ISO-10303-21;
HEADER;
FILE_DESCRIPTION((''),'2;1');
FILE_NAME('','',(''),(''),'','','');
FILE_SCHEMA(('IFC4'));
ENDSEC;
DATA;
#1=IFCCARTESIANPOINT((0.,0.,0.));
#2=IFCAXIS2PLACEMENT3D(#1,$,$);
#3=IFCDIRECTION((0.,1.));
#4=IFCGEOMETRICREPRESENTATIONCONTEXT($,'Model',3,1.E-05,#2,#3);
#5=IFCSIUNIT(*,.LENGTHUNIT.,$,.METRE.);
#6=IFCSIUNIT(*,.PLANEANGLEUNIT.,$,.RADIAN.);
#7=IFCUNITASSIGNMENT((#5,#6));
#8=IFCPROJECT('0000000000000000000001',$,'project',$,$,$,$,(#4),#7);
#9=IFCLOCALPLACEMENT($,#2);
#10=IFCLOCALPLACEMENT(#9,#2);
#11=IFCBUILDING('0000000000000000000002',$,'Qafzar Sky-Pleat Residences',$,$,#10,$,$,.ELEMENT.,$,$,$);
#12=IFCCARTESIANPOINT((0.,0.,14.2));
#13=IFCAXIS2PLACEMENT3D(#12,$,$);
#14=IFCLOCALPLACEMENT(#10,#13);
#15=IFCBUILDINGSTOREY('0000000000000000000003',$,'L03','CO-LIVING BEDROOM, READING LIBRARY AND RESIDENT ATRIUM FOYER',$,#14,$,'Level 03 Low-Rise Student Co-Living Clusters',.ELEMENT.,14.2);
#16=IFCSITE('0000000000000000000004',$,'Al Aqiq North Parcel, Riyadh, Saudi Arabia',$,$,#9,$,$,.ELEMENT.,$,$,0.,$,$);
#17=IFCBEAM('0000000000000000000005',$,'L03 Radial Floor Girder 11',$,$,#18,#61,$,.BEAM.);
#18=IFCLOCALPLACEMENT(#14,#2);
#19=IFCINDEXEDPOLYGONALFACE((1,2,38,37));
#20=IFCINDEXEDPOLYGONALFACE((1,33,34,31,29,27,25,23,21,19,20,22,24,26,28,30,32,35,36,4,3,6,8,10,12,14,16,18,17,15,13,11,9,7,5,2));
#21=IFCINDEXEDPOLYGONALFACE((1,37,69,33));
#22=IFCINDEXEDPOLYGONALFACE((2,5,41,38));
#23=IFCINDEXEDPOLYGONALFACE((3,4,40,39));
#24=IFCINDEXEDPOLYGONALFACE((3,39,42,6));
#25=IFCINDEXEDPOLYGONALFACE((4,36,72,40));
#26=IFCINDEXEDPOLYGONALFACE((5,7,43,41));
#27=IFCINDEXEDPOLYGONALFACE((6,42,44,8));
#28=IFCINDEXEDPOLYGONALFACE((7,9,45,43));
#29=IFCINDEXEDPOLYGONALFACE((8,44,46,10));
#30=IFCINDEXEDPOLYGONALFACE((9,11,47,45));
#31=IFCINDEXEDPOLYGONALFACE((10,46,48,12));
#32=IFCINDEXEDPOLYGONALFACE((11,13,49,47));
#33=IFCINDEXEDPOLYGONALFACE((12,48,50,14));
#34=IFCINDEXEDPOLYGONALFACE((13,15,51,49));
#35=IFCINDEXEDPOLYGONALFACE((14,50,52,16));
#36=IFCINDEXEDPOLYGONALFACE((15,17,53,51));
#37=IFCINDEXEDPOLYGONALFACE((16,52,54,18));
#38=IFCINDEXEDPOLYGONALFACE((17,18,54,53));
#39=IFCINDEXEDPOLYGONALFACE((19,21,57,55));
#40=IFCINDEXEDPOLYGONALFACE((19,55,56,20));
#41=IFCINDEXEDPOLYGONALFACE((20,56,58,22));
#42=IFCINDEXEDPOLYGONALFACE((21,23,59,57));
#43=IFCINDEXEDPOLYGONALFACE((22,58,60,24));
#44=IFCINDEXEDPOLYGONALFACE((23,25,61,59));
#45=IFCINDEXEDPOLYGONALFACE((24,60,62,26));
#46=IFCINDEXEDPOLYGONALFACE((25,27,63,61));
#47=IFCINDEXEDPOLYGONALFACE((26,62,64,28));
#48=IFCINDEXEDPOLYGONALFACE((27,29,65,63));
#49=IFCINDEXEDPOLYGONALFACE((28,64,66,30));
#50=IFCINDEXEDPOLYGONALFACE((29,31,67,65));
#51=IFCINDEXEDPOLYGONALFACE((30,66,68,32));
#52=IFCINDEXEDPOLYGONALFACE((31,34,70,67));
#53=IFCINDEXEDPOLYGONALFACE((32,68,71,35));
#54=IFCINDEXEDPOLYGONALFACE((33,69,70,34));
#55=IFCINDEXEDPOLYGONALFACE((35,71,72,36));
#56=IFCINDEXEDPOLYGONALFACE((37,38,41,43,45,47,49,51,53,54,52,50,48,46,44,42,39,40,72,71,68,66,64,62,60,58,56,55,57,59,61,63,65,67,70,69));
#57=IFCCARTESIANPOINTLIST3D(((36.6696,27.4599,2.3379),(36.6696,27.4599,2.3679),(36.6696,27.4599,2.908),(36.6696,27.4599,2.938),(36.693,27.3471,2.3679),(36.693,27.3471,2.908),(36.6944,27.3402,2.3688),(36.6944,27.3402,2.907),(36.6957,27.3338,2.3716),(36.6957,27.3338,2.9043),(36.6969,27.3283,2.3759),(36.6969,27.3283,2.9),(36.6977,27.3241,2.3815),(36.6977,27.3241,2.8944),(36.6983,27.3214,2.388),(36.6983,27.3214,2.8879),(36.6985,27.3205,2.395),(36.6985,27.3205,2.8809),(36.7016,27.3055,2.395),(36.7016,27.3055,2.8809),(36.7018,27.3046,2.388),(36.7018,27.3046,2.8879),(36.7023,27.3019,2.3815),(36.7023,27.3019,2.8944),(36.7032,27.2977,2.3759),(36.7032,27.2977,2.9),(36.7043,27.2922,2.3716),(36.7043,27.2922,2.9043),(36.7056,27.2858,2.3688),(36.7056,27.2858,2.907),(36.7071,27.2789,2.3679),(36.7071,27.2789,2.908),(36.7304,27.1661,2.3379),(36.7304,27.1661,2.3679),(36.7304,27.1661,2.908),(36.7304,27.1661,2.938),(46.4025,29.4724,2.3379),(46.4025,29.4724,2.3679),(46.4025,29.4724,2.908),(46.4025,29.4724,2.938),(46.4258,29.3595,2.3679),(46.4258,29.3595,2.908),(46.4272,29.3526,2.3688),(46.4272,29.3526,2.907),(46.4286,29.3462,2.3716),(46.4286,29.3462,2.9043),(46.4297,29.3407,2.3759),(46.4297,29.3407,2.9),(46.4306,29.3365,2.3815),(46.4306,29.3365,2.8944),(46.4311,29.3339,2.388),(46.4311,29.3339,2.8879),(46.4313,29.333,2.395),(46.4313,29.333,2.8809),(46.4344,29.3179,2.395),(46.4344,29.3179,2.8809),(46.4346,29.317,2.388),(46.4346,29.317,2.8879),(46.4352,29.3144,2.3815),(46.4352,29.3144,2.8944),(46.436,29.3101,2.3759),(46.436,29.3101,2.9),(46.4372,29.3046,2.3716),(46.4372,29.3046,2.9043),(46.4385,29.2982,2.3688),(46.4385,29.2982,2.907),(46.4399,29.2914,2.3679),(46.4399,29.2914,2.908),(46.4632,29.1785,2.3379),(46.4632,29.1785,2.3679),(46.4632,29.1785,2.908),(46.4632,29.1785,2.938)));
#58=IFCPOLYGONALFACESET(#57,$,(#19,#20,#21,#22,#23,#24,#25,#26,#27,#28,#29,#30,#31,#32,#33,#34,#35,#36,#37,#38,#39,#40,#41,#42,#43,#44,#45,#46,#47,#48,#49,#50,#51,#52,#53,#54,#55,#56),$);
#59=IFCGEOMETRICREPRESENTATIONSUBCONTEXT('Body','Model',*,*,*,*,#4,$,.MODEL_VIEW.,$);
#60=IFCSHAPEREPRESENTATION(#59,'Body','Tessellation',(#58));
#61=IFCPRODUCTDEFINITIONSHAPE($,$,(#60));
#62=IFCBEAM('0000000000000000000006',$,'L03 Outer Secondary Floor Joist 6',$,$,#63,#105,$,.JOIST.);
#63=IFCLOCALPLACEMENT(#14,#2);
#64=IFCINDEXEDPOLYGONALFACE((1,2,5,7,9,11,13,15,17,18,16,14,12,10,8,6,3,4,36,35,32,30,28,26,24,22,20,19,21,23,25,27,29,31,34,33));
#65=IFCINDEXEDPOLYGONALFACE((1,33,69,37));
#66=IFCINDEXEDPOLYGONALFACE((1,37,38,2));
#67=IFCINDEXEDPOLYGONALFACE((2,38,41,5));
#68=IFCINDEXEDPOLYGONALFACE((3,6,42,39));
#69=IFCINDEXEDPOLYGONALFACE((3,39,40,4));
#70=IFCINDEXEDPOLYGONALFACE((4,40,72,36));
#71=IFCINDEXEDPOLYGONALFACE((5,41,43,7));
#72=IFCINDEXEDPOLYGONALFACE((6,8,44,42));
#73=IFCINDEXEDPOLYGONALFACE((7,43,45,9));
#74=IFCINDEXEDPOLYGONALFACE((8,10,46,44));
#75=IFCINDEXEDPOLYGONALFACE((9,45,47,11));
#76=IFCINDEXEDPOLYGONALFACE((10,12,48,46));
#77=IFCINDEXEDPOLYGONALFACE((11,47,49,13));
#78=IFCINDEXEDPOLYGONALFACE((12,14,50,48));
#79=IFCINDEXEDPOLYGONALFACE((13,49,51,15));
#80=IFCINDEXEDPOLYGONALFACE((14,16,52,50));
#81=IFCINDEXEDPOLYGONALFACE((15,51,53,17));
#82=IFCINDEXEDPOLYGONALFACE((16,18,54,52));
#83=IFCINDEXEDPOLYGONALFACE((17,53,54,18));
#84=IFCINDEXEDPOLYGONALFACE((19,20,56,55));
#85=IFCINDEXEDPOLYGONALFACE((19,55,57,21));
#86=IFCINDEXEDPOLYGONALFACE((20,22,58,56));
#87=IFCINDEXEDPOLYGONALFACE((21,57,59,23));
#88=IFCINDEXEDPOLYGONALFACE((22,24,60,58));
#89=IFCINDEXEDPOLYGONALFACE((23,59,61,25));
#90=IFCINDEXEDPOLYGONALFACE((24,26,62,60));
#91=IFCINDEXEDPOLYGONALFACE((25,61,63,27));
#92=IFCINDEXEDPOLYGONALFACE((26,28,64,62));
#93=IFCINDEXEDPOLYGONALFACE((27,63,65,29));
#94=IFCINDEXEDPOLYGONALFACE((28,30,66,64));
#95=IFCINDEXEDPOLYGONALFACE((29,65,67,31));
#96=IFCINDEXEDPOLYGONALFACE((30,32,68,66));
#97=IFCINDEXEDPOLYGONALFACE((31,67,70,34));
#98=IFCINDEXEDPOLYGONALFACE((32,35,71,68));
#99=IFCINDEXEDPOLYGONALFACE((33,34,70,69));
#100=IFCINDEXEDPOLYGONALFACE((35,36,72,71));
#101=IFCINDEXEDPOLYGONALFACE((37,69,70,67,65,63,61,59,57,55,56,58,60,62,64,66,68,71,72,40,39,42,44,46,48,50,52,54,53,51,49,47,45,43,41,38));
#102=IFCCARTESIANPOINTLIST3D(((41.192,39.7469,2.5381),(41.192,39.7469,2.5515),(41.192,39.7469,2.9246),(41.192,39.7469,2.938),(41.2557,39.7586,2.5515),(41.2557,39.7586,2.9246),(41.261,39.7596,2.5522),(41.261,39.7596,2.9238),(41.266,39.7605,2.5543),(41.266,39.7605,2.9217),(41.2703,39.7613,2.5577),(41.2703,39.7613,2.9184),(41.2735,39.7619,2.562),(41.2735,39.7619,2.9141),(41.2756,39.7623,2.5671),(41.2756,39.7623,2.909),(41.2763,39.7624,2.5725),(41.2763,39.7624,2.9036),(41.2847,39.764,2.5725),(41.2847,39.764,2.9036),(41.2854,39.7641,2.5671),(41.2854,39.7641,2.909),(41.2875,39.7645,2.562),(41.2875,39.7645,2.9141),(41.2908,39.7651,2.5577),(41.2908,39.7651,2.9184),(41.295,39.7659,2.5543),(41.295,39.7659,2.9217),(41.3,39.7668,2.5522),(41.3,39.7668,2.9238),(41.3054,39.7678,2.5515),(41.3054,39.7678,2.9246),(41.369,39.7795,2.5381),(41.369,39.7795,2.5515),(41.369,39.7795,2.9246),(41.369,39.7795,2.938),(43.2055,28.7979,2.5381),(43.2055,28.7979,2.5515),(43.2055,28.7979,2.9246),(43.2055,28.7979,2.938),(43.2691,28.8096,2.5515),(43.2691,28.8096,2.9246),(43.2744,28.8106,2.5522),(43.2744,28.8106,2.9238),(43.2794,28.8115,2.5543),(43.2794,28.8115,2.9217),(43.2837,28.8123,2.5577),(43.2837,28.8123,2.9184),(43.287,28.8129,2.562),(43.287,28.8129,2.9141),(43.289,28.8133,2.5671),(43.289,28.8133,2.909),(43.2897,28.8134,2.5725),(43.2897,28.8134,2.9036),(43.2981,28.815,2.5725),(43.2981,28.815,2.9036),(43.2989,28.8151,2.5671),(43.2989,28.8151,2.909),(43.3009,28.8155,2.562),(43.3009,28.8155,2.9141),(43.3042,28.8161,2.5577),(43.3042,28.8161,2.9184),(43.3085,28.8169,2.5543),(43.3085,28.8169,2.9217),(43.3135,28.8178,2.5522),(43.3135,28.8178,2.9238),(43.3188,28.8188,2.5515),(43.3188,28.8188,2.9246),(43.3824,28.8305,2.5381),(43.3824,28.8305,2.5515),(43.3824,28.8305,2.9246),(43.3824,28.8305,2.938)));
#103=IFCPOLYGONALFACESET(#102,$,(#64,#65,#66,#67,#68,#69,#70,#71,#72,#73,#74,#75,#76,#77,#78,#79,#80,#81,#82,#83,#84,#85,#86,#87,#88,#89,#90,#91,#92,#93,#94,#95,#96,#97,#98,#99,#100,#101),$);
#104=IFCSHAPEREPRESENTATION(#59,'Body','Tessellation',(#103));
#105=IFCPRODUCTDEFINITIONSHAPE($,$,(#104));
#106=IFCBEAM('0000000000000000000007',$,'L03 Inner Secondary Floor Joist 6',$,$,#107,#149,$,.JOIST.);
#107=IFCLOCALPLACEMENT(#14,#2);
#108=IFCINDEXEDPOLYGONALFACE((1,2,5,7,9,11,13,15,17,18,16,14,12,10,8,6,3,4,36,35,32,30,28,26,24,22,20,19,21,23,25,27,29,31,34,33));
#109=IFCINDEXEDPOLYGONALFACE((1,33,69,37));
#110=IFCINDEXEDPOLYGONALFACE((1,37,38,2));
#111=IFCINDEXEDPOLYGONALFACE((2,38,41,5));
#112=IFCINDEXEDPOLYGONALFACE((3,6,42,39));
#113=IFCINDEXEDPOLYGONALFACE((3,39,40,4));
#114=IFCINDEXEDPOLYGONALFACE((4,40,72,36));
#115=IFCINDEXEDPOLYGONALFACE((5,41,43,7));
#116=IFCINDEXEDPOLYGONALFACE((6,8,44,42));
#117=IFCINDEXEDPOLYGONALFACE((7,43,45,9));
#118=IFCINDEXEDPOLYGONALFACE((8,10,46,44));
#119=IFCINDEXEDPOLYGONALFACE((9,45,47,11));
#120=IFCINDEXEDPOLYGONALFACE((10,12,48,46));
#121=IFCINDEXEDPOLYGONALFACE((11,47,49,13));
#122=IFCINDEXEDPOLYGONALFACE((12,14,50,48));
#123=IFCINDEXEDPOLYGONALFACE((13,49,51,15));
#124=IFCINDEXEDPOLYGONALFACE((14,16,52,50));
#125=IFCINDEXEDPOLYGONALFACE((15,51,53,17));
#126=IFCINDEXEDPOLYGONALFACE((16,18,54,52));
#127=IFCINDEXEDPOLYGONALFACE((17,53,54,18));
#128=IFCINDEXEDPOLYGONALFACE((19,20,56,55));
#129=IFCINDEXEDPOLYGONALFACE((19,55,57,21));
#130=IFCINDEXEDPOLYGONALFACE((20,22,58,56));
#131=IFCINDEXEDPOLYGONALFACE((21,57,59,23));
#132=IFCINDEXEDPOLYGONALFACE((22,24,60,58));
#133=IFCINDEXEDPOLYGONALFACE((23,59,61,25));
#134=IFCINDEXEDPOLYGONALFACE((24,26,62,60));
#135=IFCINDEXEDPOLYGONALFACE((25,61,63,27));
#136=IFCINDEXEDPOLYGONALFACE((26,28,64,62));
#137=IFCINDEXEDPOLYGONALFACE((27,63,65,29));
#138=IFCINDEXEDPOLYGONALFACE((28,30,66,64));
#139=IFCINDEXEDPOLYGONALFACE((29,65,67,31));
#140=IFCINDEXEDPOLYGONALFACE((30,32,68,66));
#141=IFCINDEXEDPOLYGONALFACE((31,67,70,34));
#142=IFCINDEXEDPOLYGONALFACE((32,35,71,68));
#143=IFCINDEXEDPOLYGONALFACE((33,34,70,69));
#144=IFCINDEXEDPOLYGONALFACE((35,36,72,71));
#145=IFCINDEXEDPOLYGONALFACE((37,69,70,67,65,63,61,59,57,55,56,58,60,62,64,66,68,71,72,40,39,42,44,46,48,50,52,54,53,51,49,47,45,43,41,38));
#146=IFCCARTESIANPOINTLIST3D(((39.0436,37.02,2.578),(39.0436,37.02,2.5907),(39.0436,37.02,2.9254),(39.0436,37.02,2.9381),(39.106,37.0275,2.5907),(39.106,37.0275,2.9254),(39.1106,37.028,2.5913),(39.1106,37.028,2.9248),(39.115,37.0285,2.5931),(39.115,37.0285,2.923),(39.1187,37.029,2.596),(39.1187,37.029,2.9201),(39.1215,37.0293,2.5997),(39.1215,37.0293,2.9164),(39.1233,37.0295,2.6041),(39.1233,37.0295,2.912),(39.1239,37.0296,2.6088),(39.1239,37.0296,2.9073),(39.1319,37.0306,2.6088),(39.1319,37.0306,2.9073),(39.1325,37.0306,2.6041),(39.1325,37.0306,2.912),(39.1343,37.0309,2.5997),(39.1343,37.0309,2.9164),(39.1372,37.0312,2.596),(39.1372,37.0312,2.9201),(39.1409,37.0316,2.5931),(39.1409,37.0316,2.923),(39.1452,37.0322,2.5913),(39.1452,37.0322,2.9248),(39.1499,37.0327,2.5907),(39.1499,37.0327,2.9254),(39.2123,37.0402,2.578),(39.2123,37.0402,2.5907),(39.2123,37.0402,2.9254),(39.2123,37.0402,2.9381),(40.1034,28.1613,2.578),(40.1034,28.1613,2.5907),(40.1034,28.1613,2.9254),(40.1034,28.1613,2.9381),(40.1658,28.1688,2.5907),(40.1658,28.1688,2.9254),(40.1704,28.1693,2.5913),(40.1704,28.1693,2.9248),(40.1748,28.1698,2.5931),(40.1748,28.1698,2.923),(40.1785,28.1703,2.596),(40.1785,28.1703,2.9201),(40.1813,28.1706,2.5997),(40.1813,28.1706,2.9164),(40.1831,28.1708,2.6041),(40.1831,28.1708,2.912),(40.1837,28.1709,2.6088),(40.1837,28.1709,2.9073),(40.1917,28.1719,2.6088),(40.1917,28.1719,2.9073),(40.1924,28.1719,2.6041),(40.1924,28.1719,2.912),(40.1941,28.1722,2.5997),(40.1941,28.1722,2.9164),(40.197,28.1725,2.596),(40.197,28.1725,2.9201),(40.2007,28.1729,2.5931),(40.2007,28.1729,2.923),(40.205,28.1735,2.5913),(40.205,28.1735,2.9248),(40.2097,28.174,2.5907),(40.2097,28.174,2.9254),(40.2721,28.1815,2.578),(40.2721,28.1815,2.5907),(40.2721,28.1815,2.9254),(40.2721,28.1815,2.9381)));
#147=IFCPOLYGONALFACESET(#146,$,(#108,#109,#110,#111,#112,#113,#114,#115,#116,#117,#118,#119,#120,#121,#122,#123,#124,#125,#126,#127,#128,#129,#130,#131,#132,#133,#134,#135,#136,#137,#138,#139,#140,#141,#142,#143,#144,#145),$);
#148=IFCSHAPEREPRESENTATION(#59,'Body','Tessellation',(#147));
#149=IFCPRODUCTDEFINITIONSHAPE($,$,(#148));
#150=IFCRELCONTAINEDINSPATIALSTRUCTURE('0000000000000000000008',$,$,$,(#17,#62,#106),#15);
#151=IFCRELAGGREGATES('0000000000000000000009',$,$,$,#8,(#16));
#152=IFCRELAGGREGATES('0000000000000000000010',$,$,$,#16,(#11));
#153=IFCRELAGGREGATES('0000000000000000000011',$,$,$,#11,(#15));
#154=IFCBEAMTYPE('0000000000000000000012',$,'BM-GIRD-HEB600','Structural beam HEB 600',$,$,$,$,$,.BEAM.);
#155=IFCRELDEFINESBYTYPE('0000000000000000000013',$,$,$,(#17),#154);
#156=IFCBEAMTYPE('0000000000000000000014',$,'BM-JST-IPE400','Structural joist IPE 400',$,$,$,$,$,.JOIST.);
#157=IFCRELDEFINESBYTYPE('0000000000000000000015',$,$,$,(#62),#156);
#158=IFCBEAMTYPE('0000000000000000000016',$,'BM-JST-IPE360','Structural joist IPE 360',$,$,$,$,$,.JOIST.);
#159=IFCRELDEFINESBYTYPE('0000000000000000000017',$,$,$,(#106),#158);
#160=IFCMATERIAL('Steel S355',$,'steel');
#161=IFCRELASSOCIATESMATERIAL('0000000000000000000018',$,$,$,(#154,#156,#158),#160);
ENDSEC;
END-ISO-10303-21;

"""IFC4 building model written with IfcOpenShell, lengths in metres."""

from ifc_helpers import new_model, si_unit, direction, frame, origin, origin_2d, place, context, subcontext, project, spatial, i_section, extrude, source, transform, mapped, material, material_profile, profile_set, type_object, element, save


model = new_model("IFC4")

# Units and contexts
model_context = context("Model", 3, precision=1e-05, world=origin(), true_north=direction((0.0, 1.0)))
body_context = subcontext(model_context, "Body", "Model", "MODEL_VIEW")
ifc_project = project(units=[si_unit("LENGTHUNIT", "METRE"), si_unit("PLANEANGLEUNIT", "RADIAN")], contexts=[model_context])

# Site, building, storey
site_placement = place(None, origin())
site = spatial("IfcSite", under=ifc_project, at=site_placement, Name="Al Aqiq North Parcel, Riyadh, Saudi Arabia", CompositionType="ELEMENT", RefElevation=0.0)
building_placement = place(site_placement, origin())
building = spatial("IfcBuilding", under=site, at=building_placement, Name="Qafzar Sky-Pleat Residences", CompositionType="ELEMENT")
storey_placement = place(building_placement, frame((0.0, 0.0, 14.2)))
storey = spatial("IfcBuildingStorey", under=building, at=storey_placement, Name="L03", Description="CO-LIVING BEDROOM, READING LIBRARY AND RESIDENT ATRIUM FOYER", LongName="Level 03 Low-Rise Student Co-Living Clusters", CompositionType="ELEMENT", Elevation=14.2)

# Beams
ifc_material_1 = material(Name="Steel S355", Category="steel")
ifc_material_profile_1 = material_profile(ifc_material_1, i_section(OverallWidth=0.3, OverallDepth=0.6001, WebThickness=0.0154, FlangeThickness=0.03, FilletRadius=0.0271, at=origin_2d()), Name="HEB 600")
ifc_profile_set_1 = profile_set([ifc_material_profile_1], Name="Steel S355")
beam_type_1 = type_object("IfcBeamType", Name="BM-GIRD-HEB600", Description="Structural beam HEB 600", PredefinedType="BEAM", material=ifc_profile_set_1)
shared_shape_1 = source(origin(), body_context, "Body", "SweptSolid", [
    extrude(i_section(OverallWidth=0.3, OverallDepth=0.6001, WebThickness=0.0154, FlangeThickness=0.03, FilletRadius=0.0271, at=origin_2d()), origin(), (0.0, 0.0, 1.0), 9.9387),
])
beam_1_placement = place(storey_placement, frame((46.4329, 29.3254, 2.6379), z_axis=(-0.979285, -0.202485, 0.0), x_axis=(0.202485, -0.979285, 0.0)))
element("IfcBeam", 1, at=beam_1_placement, inside=storey, type_object=beam_type_1, Name="L03 Radial Floor Girder 11", PredefinedType="BEAM", context=body_context, shape_type="MappedRepresentation", body=[
    mapped(shared_shape_1, transform((0.0, 0.0, 0.0), x_axis=(1.0, 0.0, 0.0), y_axis=(0.0, 1.0, 0.0), z_axis=(0.0, 0.0, 1.0), scale=1.0)),
])
ifc_material_profile_2 = material_profile(ifc_material_1, i_section(OverallWidth=0.1799, OverallDepth=0.3999, WebThickness=0.0085, FlangeThickness=0.0134, FilletRadius=0.021, at=origin_2d()), Name="IPE 400")
ifc_profile_set_2 = profile_set([ifc_material_profile_2], Name="Steel S355")
beam_type_2 = type_object("IfcBeamType", Name="BM-JST-IPE400", Description="Structural joist IPE 400", PredefinedType="JOIST", material=ifc_profile_set_2)
shared_shape_2 = source(origin(), body_context, "Body", "SweptSolid", [
    extrude(i_section(OverallWidth=0.1799, OverallDepth=0.3999, WebThickness=0.0085, FlangeThickness=0.0134, FilletRadius=0.021, at=origin_2d()), origin(), (0.0, 0.0, 1.0), 11.1326),
])
beam_2_placement = place(storey_placement, frame((43.2939, 28.8142, 2.738), z_axis=(-0.180859, 0.983509, 0.0), x_axis=(-0.983509, -0.180859, 0.0)))
element("IfcBeam", 2, at=beam_2_placement, inside=storey, type_object=beam_type_2, Name="L03 Outer Secondary Floor Joist 6", PredefinedType="JOIST", context=body_context, shape_type="MappedRepresentation", body=[
    mapped(shared_shape_2, transform((0.0, 0.0, 0.0), x_axis=(1.0, 0.0, 0.0), y_axis=(0.0, 1.0, 0.0), z_axis=(0.0, 0.0, 1.0), scale=1.0)),
])
ifc_material_profile_3 = material_profile(ifc_material_1, i_section(OverallWidth=0.1699, OverallDepth=0.3601, WebThickness=0.0081, FlangeThickness=0.0127, FilletRadius=0.0181, at=origin_2d()), Name="IPE 360")
ifc_profile_set_3 = profile_set([ifc_material_profile_3], Name="Steel S355")
beam_type_3 = type_object("IfcBeamType", Name="BM-JST-IPE360", Description="Structural joist IPE 360", PredefinedType="JOIST", material=ifc_profile_set_3)
shared_shape_3 = source(origin(), body_context, "Body", "SweptSolid", [
    extrude(i_section(OverallWidth=0.1699, OverallDepth=0.3601, WebThickness=0.0081, FlangeThickness=0.0127, FilletRadius=0.0181, at=origin_2d()), origin(), (0.0, 0.0, 1.0), 8.9219),
])
beam_3_placement = place(storey_placement, frame((40.1877, 28.1714, 2.7581), z_axis=(-0.118789, 0.99292, 0.0), x_axis=(-0.99292, -0.118789, 0.0)))
element("IfcBeam", 3, at=beam_3_placement, inside=storey, type_object=beam_type_3, Name="L03 Inner Secondary Floor Joist 6", PredefinedType="JOIST", context=body_context, shape_type="MappedRepresentation", body=[
    mapped(shared_shape_3, transform((0.0, 0.0, 0.0), x_axis=(1.0, 0.0, 0.0), y_axis=(0.0, 1.0, 0.0), z_axis=(0.0, 0.0, 1.0), scale=1.0)),
])

save(model, "model.ifc")
